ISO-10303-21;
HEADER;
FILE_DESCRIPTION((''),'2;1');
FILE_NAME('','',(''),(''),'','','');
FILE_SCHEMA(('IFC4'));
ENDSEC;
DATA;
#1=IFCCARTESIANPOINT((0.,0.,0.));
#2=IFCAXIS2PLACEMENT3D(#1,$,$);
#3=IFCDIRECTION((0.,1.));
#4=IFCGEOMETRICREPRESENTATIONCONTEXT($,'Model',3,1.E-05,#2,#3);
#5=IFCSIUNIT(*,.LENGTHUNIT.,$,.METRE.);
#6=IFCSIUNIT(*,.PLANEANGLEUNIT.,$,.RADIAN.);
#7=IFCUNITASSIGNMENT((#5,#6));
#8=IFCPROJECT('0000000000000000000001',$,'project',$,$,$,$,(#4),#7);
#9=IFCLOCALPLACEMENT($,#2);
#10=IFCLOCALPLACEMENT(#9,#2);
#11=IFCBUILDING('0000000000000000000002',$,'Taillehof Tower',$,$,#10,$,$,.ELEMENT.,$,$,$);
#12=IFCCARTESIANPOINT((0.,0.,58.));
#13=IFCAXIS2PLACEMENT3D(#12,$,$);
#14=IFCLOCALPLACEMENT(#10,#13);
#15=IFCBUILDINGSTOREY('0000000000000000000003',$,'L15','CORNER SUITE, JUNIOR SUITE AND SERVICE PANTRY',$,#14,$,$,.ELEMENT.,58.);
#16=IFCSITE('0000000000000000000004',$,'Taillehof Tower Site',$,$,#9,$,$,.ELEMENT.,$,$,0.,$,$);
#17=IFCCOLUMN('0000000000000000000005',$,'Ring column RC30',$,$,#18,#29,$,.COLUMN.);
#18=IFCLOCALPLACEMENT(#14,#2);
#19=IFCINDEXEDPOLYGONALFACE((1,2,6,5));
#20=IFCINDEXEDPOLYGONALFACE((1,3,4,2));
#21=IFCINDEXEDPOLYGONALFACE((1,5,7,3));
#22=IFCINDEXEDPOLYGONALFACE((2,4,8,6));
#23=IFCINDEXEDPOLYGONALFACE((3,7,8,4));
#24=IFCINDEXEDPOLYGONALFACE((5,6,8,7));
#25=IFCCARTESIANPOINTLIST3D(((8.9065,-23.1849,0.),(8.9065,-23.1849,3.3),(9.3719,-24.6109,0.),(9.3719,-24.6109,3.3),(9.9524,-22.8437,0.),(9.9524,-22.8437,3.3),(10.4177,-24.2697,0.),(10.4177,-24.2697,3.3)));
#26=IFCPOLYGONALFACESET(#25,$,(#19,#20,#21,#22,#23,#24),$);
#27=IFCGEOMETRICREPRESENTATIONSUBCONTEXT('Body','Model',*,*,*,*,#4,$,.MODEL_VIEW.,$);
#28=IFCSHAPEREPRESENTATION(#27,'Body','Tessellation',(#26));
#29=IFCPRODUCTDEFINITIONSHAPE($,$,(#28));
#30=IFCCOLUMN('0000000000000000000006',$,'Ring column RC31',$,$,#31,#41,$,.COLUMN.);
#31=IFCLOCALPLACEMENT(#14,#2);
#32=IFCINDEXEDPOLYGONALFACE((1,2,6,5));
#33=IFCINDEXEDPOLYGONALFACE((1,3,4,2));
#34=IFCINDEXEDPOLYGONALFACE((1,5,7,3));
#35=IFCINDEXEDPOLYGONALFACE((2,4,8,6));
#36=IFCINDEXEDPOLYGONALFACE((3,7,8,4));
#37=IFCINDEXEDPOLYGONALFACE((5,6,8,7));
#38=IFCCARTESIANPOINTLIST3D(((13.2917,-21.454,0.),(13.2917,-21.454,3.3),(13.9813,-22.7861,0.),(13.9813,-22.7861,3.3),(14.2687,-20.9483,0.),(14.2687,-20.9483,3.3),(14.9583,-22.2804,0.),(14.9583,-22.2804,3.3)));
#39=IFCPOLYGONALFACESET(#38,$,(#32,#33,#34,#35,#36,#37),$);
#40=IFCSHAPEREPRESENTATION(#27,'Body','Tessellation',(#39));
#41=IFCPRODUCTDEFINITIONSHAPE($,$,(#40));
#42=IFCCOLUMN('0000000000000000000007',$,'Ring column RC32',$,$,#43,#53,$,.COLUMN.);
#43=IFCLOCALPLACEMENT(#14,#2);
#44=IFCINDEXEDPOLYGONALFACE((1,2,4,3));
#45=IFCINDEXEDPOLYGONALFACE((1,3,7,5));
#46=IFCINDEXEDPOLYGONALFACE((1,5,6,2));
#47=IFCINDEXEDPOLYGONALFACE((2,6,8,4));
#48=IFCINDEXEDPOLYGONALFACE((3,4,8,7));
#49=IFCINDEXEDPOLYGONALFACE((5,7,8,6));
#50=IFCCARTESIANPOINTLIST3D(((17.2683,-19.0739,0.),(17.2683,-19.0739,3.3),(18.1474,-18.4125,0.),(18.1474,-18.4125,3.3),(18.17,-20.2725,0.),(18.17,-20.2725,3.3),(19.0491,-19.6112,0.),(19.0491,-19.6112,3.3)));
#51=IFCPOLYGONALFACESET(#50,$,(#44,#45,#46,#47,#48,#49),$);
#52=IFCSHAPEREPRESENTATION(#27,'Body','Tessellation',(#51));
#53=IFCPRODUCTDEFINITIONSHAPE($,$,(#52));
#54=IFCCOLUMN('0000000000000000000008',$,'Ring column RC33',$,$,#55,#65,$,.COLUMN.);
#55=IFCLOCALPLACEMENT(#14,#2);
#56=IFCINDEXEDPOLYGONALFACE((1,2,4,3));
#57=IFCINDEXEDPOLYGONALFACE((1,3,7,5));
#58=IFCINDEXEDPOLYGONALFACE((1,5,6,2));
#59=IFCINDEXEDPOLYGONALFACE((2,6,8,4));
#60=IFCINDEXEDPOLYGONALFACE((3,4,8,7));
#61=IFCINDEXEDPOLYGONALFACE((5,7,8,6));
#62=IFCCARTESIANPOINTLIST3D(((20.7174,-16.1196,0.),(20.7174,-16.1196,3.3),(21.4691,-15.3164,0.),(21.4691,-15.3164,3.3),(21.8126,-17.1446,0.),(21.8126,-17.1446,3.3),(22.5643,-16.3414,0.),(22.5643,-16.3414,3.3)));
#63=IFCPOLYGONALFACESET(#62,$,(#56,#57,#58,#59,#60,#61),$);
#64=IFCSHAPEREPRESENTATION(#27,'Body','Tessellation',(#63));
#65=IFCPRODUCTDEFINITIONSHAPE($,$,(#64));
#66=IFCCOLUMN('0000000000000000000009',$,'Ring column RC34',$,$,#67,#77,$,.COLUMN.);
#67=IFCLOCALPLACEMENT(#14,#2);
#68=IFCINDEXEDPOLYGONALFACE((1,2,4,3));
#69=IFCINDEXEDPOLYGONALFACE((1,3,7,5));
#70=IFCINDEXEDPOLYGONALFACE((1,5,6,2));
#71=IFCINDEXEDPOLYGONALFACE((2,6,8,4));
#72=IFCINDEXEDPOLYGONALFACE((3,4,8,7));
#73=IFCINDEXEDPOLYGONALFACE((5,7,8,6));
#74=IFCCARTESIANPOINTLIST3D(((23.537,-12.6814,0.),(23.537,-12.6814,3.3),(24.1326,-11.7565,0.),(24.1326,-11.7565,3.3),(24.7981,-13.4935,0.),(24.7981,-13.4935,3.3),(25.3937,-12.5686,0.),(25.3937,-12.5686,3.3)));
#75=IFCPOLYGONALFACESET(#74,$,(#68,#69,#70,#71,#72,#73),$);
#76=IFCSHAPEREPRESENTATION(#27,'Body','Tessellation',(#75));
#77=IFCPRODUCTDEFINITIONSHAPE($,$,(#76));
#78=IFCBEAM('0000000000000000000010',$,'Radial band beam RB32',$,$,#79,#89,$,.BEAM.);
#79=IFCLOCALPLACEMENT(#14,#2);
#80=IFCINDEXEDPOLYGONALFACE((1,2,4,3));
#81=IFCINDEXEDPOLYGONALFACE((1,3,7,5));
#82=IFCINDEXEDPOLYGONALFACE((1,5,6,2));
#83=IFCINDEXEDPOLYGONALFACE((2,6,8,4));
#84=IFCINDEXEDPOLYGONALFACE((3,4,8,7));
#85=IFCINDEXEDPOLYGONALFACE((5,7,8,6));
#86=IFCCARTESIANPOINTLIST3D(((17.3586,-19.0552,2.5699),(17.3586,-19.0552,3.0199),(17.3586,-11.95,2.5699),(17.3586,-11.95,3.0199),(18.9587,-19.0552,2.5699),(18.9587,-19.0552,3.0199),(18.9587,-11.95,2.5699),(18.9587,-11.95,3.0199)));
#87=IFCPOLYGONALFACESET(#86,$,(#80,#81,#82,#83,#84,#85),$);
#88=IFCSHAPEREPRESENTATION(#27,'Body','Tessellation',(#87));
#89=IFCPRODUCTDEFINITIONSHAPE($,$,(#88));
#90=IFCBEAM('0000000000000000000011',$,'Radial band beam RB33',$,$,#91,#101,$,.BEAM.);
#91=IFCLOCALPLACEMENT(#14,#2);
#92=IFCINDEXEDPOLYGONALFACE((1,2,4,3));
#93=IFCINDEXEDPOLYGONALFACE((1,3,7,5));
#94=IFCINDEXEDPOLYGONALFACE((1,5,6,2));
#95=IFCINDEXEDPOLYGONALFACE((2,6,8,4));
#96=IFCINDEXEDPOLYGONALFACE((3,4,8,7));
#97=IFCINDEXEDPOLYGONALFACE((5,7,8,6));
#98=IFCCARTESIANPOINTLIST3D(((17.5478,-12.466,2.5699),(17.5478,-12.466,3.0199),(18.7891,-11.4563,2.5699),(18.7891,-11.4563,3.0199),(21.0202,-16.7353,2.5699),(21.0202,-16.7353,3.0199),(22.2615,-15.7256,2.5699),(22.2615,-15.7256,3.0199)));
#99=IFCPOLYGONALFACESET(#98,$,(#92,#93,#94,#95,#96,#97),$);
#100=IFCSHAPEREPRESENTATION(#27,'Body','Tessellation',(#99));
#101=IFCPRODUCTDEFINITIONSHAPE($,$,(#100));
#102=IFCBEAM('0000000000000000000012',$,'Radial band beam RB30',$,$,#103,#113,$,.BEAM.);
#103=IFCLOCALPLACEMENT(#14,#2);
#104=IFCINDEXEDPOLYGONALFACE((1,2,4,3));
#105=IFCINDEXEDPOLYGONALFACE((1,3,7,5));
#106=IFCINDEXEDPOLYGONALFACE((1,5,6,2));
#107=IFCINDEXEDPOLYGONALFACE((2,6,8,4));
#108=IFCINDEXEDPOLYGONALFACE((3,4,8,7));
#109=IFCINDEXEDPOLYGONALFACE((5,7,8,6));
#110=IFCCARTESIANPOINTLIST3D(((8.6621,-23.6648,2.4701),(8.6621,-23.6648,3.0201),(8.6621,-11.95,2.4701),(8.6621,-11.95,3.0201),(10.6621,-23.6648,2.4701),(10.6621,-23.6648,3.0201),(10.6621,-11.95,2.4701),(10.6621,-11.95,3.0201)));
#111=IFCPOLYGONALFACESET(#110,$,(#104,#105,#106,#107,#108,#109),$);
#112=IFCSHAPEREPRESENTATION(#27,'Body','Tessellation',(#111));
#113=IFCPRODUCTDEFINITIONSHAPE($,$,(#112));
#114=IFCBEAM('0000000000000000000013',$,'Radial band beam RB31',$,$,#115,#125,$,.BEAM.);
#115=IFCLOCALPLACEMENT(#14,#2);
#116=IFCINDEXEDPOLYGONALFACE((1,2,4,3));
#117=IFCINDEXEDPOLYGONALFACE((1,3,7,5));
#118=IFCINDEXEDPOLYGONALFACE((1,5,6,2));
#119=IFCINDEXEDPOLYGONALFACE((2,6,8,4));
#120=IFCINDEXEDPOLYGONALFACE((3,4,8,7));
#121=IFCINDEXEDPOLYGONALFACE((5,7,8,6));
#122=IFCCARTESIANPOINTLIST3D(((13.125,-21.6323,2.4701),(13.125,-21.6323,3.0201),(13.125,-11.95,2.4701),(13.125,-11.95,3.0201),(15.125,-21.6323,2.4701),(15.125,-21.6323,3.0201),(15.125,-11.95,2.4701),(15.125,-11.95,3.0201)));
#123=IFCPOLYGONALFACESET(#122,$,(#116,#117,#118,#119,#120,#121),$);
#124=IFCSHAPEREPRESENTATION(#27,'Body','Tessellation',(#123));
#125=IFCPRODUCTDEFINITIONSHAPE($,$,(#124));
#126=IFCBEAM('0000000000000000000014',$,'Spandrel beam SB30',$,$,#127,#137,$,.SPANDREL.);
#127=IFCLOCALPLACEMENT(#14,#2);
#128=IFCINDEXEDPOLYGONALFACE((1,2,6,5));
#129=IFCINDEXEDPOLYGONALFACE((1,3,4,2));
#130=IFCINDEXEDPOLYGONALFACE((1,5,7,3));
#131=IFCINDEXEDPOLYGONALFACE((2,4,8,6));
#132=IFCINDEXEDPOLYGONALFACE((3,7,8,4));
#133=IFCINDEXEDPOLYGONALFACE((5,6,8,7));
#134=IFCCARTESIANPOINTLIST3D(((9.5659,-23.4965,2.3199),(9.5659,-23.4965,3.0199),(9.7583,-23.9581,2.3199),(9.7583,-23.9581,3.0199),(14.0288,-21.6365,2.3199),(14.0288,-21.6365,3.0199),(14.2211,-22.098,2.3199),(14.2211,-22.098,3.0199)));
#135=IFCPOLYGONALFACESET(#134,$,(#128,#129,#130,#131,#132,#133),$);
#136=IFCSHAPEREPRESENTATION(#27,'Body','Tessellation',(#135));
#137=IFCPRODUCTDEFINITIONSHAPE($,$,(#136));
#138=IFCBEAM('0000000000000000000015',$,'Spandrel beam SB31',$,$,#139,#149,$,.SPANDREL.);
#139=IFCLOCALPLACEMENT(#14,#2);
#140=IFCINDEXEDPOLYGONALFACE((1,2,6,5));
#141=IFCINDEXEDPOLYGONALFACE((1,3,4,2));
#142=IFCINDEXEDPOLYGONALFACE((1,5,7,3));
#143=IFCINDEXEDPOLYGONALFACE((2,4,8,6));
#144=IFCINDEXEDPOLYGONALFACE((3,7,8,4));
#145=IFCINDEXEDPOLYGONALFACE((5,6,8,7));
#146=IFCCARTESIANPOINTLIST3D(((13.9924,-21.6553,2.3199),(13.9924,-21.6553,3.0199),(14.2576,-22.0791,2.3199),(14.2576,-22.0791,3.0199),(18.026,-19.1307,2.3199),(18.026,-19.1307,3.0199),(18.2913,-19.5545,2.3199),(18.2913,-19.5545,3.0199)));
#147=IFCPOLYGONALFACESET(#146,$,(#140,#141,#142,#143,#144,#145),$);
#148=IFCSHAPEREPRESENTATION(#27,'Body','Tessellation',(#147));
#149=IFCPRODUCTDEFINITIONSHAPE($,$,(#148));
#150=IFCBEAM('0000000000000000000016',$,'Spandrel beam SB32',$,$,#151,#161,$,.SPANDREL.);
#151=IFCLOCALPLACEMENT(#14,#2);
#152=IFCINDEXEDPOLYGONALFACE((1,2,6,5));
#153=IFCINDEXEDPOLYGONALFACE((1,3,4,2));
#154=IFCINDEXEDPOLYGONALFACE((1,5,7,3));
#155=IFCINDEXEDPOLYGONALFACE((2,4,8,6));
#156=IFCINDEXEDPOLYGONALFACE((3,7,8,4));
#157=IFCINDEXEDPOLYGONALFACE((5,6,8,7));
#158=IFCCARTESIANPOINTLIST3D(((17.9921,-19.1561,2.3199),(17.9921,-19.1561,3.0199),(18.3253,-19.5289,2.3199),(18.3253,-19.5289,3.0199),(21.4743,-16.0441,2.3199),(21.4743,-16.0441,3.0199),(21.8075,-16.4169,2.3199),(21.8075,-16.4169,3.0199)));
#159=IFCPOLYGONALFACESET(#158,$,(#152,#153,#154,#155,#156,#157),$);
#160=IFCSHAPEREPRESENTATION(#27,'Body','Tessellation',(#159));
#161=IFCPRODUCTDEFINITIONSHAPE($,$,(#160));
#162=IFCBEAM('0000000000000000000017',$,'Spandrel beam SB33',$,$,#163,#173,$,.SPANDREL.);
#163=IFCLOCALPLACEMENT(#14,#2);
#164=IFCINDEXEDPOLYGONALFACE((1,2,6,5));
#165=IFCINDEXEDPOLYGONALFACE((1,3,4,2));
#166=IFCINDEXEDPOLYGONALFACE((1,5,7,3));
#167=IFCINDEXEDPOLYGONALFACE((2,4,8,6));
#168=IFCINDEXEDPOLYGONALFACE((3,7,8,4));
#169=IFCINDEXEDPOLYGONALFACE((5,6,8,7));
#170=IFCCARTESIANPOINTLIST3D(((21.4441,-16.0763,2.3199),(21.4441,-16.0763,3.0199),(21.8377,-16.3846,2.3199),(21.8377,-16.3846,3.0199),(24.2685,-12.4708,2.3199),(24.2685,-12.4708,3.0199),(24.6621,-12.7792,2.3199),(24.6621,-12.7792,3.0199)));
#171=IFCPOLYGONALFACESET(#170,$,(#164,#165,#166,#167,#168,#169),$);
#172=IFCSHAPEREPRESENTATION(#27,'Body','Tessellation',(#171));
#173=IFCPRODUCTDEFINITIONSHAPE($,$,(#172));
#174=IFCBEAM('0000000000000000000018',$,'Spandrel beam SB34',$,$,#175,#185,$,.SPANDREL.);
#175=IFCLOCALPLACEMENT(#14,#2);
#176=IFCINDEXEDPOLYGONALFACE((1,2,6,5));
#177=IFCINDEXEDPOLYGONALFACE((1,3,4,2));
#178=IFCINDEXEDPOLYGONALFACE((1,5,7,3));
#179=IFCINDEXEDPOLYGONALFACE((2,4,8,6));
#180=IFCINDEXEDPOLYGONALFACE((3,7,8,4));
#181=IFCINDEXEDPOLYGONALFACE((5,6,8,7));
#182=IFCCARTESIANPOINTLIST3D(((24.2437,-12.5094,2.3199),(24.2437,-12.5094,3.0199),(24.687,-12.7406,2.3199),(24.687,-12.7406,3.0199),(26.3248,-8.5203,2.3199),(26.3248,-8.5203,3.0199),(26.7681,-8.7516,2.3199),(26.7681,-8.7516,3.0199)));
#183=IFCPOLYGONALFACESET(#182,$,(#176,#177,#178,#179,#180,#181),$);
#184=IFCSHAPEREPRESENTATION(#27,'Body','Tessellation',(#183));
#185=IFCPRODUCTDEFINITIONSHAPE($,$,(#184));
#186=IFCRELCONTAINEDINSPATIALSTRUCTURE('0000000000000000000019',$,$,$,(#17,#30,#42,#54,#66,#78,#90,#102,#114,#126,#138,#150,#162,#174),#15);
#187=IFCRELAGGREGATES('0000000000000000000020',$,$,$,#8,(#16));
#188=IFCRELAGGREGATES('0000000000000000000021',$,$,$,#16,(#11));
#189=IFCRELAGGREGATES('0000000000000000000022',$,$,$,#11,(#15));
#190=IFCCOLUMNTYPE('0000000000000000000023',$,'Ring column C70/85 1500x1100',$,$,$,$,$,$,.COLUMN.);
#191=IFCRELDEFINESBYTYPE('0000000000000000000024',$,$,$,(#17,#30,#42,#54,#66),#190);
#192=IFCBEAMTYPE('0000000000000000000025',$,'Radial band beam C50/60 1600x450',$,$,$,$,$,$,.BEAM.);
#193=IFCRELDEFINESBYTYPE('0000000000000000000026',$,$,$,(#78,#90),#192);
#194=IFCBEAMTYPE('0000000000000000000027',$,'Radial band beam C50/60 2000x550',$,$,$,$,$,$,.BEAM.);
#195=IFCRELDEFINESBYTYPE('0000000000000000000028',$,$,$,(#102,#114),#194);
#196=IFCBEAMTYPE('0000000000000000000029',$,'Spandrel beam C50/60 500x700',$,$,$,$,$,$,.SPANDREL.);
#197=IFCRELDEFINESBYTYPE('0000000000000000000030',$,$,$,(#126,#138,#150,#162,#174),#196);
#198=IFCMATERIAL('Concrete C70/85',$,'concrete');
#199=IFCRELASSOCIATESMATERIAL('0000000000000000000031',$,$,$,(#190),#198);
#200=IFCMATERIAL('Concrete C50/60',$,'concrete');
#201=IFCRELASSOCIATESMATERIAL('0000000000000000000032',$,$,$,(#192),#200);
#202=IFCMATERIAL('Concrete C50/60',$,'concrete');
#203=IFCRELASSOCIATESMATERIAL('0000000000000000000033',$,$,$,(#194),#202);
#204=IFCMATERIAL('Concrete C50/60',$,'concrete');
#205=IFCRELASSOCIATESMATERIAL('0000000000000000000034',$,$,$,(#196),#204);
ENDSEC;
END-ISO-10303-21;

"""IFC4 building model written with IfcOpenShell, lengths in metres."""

from ifc_helpers import new_model, si_unit, direction, frame, origin, origin_2d, place, context, subcontext, project, spatial, rectangle, extrude, material, material_profile, profile_set, type_object, element, save


model = new_model("IFC4")

# Units and contexts
model_context = context("Model", 3, precision=1e-05, world=origin(), true_north=direction((0.0, 1.0)))
body_context = subcontext(model_context, "Body", "Model", "MODEL_VIEW")
ifc_project = project(units=[si_unit("LENGTHUNIT", "METRE"), si_unit("PLANEANGLEUNIT", "RADIAN")], contexts=[model_context])

# Site, building, storey
site_placement = place(None, origin())
site = spatial("IfcSite", under=ifc_project, at=site_placement, Name="Taillehof Tower Site", CompositionType="ELEMENT", RefElevation=0.0)
building_placement = place(site_placement, origin())
building = spatial("IfcBuilding", under=site, at=building_placement, Name="Taillehof Tower", CompositionType="ELEMENT")
storey_placement = place(building_placement, frame((0.0, 0.0, 58.0)))
storey = spatial("IfcBuildingStorey", under=building, at=storey_placement, Name="L15", Description="CORNER SUITE, JUNIOR SUITE AND SERVICE PANTRY", CompositionType="ELEMENT", Elevation=58.0)

# Columns
ifc_material_1 = material(Name="Concrete C70/85", Category="concrete")
ifc_material_profile_1 = material_profile(ifc_material_1, rectangle(XDim=1.5, YDim=1.1001, at=origin_2d()), Name="RC 1500x1100")
ifc_profile_set_1 = profile_set([ifc_material_profile_1], Name="Concrete C70/85")
column_type = type_object("IfcColumnType", Name="Ring column C70/85 1500x1100", PredefinedType="COLUMN", material=ifc_profile_set_1)
for number, where, z_axis, x_axis, name in (
    (1, (9.6621, -23.7273, 0.0), (0.0, 0.0, 1.0), (0.310219, -0.950665, 0.0), "Ring column RC30"),
    (2, (14.125, -21.8672, 0.0), (0.0, 0.0, 1.0), (0.459691, -0.888079, 0.0), "Ring column RC31"),
    (3, (18.1587, -19.3425, 0.0), (0.0, 0.0, 1.0), (0.601174, -0.799118, 0.0), "Ring column RC32"),
    (4, (21.6409, -16.2305, 0.0), (0.0, 0.0, 1.0), (0.730113, -0.683326, 0.0), "Ring column RC33"),
    (5, (24.4653, -12.625, 0.0), (0.0, 0.0, 1.0), (0.840754, -0.541418, 0.0), "Ring column RC34"),
):
    element("IfcColumn", number, at=place(storey_placement, frame(where, z_axis=z_axis, x_axis=x_axis)), inside=storey, type_object=column_type, Name=name, PredefinedType="COLUMN", context=body_context, shape_type="SweptSolid", body=[
        extrude(rectangle(XDim=1.5, YDim=1.1001, at=origin_2d()), origin(), (0.0, 0.0, 1.0), 3.3),
    ])

# Beams
ifc_material_2 = material(Name="Concrete C50/60", Category="concrete")
ifc_material_profile_2 = material_profile(ifc_material_2, rectangle(XDim=1.6001, YDim=0.45, at=origin_2d()), Name="RC 1600x450")
ifc_profile_set_2 = profile_set([ifc_material_profile_2], Name="Concrete C50/60")
beam_type_1 = type_object("IfcBeamType", Name="Radial band beam C50/60 1600x450", PredefinedType="BEAM", material=ifc_profile_set_2)
beam_1_placement = place(storey_placement, frame((18.1587, -19.0552, 2.7949), z_axis=(0.0, 1.0, 0.0), x_axis=(-1.0, 0.0, 0.0)))
element("IfcBeam", 6, at=beam_1_placement, inside=storey, type_object=beam_type_1, Name="Radial band beam RB32", PredefinedType="BEAM", context=body_context, shape_type="SweptSolid", body=[
    extrude(rectangle(XDim=1.6001, YDim=0.45, at=origin_2d()), origin(), (0.0, 0.0, 1.0), 7.1052),
])
beam_2_placement = place(storey_placement, frame((21.6409, -16.2305, 2.7949), z_axis=(-0.630988, 0.775792, 0.0), x_axis=(-0.775792, -0.630988, 0.0)))
element("IfcBeam", 7, at=beam_2_placement, inside=storey, type_object=beam_type_1, Name="Radial band beam RB33", PredefinedType="BEAM", context=body_context, shape_type="SweptSolid", body=[
    extrude(rectangle(XDim=1.6001, YDim=0.45, at=origin_2d()), origin(), (0.0, 0.0, 1.0), 5.5032),
])
ifc_material_3 = material(Name="Concrete C50/60", Category="concrete")
ifc_material_profile_3 = material_profile(ifc_material_3, rectangle(XDim=2.0, YDim=0.55, at=origin_2d()), Name="RC 2000x550")
ifc_profile_set_3 = profile_set([ifc_material_profile_3], Name="Concrete C50/60")
beam_type_2 = type_object("IfcBeamType", Name="Radial band beam C50/60 2000x550", PredefinedType="BEAM", material=ifc_profile_set_3)
beam_3_placement = place(storey_placement, frame((9.6621, -23.6648, 2.7451), z_axis=(0.0, 1.0, 0.0), x_axis=(-1.0, 0.0, 0.0)))
element("IfcBeam", 8, at=beam_3_placement, inside=storey, type_object=beam_type_2, Name="Radial band beam RB30", PredefinedType="BEAM", context=body_context, shape_type="SweptSolid", body=[
    extrude(rectangle(XDim=2.0, YDim=0.55, at=origin_2d()), origin(), (0.0, 0.0, 1.0), 11.7148),
])
beam_4_placement = place(storey_placement, frame((14.125, -21.6323, 2.7451), z_axis=(0.0, 1.0, 0.0), x_axis=(-1.0, 0.0, 0.0)))
element("IfcBeam", 9, at=beam_4_placement, inside=storey, type_object=beam_type_2, Name="Radial band beam RB31", PredefinedType="BEAM", context=body_context, shape_type="SweptSolid", body=[
    extrude(rectangle(XDim=2.0, YDim=0.55, at=origin_2d()), origin(), (0.0, 0.0, 1.0), 9.6824),
])
ifc_material_4 = material(Name="Concrete C50/60", Category="concrete")
ifc_material_profile_4 = material_profile(ifc_material_4, rectangle(XDim=0.5, YDim=0.7, at=origin_2d()), Name="RC 500x700")
ifc_profile_set_4 = profile_set([ifc_material_profile_4], Name="Concrete C50/60")
beam_type_3 = type_object("IfcBeamType", Name="Spandrel beam C50/60 500x700", PredefinedType="SPANDREL", material=ifc_profile_set_4)
beam_5_placement = place(storey_placement, frame((9.6621, -23.7273, 2.6699), z_axis=(0.923035, 0.384716, 0.0), x_axis=(-0.384716, 0.923035, 0.0)))
element("IfcBeam", 10, at=beam_5_placement, inside=storey, type_object=beam_type_3, Name="Spandrel beam SB30", PredefinedType="SPANDREL", context=body_context, shape_type="SweptSolid", body=[
    extrude(rectangle(XDim=0.5, YDim=0.7, at=origin_2d()), origin(), (0.0, 0.0, 1.0), 4.835),
])
beam_6_placement = place(storey_placement, frame((14.125, -21.8672, 2.6699), z_axis=(0.847658, 0.530543, 0.0), x_axis=(-0.530543, 0.847658, 0.0)))
element("IfcBeam", 11, at=beam_6_placement, inside=storey, type_object=beam_type_3, Name="Spandrel beam SB31", PredefinedType="SPANDREL", context=body_context, shape_type="SweptSolid", body=[
    extrude(rectangle(XDim=0.5, YDim=0.7, at=origin_2d()), origin(), (0.0, 0.0, 1.0), 4.7585),
])
beam_7_placement = place(storey_placement, frame((18.1587, -19.3425, 2.6699), z_axis=(0.745621, 0.66637, 0.0), x_axis=(-0.66637, 0.745621, 0.0)))
element("IfcBeam", 12, at=beam_7_placement, inside=storey, type_object=beam_type_3, Name="Spandrel beam SB32", PredefinedType="SPANDREL", context=body_context, shape_type="SweptSolid", body=[
    extrude(rectangle(XDim=0.5, YDim=0.7, at=origin_2d()), origin(), (0.0, 0.0, 1.0), 4.6702),
])
beam_8_placement = place(storey_placement, frame((21.6409, -16.2305, 2.6699), z_axis=(0.616686, 0.787209, 0.0), x_axis=(-0.787209, 0.616686, 0.0)))
element("IfcBeam", 13, at=beam_8_placement, inside=storey, type_object=beam_type_3, Name="Spandrel beam SB33", PredefinedType="SPANDREL", context=body_context, shape_type="SweptSolid", body=[
    extrude(rectangle(XDim=0.5, YDim=0.7, at=origin_2d()), origin(), (0.0, 0.0, 1.0), 4.5801),
])
beam_9_placement = place(storey_placement, frame((24.4653, -12.625, 2.6699), z_axis=(0.462536, 0.8866, 0.0), x_axis=(-0.8866, 0.462536, 0.0)))
element("IfcBeam", 14, at=beam_9_placement, inside=storey, type_object=beam_type_3, Name="Spandrel beam SB34", PredefinedType="SPANDREL", context=body_context, shape_type="SweptSolid", body=[
    extrude(rectangle(XDim=0.5, YDim=0.7, at=origin_2d()), origin(), (0.0, 0.0, 1.0), 4.4993),
])

save(model, "model.ifc")
